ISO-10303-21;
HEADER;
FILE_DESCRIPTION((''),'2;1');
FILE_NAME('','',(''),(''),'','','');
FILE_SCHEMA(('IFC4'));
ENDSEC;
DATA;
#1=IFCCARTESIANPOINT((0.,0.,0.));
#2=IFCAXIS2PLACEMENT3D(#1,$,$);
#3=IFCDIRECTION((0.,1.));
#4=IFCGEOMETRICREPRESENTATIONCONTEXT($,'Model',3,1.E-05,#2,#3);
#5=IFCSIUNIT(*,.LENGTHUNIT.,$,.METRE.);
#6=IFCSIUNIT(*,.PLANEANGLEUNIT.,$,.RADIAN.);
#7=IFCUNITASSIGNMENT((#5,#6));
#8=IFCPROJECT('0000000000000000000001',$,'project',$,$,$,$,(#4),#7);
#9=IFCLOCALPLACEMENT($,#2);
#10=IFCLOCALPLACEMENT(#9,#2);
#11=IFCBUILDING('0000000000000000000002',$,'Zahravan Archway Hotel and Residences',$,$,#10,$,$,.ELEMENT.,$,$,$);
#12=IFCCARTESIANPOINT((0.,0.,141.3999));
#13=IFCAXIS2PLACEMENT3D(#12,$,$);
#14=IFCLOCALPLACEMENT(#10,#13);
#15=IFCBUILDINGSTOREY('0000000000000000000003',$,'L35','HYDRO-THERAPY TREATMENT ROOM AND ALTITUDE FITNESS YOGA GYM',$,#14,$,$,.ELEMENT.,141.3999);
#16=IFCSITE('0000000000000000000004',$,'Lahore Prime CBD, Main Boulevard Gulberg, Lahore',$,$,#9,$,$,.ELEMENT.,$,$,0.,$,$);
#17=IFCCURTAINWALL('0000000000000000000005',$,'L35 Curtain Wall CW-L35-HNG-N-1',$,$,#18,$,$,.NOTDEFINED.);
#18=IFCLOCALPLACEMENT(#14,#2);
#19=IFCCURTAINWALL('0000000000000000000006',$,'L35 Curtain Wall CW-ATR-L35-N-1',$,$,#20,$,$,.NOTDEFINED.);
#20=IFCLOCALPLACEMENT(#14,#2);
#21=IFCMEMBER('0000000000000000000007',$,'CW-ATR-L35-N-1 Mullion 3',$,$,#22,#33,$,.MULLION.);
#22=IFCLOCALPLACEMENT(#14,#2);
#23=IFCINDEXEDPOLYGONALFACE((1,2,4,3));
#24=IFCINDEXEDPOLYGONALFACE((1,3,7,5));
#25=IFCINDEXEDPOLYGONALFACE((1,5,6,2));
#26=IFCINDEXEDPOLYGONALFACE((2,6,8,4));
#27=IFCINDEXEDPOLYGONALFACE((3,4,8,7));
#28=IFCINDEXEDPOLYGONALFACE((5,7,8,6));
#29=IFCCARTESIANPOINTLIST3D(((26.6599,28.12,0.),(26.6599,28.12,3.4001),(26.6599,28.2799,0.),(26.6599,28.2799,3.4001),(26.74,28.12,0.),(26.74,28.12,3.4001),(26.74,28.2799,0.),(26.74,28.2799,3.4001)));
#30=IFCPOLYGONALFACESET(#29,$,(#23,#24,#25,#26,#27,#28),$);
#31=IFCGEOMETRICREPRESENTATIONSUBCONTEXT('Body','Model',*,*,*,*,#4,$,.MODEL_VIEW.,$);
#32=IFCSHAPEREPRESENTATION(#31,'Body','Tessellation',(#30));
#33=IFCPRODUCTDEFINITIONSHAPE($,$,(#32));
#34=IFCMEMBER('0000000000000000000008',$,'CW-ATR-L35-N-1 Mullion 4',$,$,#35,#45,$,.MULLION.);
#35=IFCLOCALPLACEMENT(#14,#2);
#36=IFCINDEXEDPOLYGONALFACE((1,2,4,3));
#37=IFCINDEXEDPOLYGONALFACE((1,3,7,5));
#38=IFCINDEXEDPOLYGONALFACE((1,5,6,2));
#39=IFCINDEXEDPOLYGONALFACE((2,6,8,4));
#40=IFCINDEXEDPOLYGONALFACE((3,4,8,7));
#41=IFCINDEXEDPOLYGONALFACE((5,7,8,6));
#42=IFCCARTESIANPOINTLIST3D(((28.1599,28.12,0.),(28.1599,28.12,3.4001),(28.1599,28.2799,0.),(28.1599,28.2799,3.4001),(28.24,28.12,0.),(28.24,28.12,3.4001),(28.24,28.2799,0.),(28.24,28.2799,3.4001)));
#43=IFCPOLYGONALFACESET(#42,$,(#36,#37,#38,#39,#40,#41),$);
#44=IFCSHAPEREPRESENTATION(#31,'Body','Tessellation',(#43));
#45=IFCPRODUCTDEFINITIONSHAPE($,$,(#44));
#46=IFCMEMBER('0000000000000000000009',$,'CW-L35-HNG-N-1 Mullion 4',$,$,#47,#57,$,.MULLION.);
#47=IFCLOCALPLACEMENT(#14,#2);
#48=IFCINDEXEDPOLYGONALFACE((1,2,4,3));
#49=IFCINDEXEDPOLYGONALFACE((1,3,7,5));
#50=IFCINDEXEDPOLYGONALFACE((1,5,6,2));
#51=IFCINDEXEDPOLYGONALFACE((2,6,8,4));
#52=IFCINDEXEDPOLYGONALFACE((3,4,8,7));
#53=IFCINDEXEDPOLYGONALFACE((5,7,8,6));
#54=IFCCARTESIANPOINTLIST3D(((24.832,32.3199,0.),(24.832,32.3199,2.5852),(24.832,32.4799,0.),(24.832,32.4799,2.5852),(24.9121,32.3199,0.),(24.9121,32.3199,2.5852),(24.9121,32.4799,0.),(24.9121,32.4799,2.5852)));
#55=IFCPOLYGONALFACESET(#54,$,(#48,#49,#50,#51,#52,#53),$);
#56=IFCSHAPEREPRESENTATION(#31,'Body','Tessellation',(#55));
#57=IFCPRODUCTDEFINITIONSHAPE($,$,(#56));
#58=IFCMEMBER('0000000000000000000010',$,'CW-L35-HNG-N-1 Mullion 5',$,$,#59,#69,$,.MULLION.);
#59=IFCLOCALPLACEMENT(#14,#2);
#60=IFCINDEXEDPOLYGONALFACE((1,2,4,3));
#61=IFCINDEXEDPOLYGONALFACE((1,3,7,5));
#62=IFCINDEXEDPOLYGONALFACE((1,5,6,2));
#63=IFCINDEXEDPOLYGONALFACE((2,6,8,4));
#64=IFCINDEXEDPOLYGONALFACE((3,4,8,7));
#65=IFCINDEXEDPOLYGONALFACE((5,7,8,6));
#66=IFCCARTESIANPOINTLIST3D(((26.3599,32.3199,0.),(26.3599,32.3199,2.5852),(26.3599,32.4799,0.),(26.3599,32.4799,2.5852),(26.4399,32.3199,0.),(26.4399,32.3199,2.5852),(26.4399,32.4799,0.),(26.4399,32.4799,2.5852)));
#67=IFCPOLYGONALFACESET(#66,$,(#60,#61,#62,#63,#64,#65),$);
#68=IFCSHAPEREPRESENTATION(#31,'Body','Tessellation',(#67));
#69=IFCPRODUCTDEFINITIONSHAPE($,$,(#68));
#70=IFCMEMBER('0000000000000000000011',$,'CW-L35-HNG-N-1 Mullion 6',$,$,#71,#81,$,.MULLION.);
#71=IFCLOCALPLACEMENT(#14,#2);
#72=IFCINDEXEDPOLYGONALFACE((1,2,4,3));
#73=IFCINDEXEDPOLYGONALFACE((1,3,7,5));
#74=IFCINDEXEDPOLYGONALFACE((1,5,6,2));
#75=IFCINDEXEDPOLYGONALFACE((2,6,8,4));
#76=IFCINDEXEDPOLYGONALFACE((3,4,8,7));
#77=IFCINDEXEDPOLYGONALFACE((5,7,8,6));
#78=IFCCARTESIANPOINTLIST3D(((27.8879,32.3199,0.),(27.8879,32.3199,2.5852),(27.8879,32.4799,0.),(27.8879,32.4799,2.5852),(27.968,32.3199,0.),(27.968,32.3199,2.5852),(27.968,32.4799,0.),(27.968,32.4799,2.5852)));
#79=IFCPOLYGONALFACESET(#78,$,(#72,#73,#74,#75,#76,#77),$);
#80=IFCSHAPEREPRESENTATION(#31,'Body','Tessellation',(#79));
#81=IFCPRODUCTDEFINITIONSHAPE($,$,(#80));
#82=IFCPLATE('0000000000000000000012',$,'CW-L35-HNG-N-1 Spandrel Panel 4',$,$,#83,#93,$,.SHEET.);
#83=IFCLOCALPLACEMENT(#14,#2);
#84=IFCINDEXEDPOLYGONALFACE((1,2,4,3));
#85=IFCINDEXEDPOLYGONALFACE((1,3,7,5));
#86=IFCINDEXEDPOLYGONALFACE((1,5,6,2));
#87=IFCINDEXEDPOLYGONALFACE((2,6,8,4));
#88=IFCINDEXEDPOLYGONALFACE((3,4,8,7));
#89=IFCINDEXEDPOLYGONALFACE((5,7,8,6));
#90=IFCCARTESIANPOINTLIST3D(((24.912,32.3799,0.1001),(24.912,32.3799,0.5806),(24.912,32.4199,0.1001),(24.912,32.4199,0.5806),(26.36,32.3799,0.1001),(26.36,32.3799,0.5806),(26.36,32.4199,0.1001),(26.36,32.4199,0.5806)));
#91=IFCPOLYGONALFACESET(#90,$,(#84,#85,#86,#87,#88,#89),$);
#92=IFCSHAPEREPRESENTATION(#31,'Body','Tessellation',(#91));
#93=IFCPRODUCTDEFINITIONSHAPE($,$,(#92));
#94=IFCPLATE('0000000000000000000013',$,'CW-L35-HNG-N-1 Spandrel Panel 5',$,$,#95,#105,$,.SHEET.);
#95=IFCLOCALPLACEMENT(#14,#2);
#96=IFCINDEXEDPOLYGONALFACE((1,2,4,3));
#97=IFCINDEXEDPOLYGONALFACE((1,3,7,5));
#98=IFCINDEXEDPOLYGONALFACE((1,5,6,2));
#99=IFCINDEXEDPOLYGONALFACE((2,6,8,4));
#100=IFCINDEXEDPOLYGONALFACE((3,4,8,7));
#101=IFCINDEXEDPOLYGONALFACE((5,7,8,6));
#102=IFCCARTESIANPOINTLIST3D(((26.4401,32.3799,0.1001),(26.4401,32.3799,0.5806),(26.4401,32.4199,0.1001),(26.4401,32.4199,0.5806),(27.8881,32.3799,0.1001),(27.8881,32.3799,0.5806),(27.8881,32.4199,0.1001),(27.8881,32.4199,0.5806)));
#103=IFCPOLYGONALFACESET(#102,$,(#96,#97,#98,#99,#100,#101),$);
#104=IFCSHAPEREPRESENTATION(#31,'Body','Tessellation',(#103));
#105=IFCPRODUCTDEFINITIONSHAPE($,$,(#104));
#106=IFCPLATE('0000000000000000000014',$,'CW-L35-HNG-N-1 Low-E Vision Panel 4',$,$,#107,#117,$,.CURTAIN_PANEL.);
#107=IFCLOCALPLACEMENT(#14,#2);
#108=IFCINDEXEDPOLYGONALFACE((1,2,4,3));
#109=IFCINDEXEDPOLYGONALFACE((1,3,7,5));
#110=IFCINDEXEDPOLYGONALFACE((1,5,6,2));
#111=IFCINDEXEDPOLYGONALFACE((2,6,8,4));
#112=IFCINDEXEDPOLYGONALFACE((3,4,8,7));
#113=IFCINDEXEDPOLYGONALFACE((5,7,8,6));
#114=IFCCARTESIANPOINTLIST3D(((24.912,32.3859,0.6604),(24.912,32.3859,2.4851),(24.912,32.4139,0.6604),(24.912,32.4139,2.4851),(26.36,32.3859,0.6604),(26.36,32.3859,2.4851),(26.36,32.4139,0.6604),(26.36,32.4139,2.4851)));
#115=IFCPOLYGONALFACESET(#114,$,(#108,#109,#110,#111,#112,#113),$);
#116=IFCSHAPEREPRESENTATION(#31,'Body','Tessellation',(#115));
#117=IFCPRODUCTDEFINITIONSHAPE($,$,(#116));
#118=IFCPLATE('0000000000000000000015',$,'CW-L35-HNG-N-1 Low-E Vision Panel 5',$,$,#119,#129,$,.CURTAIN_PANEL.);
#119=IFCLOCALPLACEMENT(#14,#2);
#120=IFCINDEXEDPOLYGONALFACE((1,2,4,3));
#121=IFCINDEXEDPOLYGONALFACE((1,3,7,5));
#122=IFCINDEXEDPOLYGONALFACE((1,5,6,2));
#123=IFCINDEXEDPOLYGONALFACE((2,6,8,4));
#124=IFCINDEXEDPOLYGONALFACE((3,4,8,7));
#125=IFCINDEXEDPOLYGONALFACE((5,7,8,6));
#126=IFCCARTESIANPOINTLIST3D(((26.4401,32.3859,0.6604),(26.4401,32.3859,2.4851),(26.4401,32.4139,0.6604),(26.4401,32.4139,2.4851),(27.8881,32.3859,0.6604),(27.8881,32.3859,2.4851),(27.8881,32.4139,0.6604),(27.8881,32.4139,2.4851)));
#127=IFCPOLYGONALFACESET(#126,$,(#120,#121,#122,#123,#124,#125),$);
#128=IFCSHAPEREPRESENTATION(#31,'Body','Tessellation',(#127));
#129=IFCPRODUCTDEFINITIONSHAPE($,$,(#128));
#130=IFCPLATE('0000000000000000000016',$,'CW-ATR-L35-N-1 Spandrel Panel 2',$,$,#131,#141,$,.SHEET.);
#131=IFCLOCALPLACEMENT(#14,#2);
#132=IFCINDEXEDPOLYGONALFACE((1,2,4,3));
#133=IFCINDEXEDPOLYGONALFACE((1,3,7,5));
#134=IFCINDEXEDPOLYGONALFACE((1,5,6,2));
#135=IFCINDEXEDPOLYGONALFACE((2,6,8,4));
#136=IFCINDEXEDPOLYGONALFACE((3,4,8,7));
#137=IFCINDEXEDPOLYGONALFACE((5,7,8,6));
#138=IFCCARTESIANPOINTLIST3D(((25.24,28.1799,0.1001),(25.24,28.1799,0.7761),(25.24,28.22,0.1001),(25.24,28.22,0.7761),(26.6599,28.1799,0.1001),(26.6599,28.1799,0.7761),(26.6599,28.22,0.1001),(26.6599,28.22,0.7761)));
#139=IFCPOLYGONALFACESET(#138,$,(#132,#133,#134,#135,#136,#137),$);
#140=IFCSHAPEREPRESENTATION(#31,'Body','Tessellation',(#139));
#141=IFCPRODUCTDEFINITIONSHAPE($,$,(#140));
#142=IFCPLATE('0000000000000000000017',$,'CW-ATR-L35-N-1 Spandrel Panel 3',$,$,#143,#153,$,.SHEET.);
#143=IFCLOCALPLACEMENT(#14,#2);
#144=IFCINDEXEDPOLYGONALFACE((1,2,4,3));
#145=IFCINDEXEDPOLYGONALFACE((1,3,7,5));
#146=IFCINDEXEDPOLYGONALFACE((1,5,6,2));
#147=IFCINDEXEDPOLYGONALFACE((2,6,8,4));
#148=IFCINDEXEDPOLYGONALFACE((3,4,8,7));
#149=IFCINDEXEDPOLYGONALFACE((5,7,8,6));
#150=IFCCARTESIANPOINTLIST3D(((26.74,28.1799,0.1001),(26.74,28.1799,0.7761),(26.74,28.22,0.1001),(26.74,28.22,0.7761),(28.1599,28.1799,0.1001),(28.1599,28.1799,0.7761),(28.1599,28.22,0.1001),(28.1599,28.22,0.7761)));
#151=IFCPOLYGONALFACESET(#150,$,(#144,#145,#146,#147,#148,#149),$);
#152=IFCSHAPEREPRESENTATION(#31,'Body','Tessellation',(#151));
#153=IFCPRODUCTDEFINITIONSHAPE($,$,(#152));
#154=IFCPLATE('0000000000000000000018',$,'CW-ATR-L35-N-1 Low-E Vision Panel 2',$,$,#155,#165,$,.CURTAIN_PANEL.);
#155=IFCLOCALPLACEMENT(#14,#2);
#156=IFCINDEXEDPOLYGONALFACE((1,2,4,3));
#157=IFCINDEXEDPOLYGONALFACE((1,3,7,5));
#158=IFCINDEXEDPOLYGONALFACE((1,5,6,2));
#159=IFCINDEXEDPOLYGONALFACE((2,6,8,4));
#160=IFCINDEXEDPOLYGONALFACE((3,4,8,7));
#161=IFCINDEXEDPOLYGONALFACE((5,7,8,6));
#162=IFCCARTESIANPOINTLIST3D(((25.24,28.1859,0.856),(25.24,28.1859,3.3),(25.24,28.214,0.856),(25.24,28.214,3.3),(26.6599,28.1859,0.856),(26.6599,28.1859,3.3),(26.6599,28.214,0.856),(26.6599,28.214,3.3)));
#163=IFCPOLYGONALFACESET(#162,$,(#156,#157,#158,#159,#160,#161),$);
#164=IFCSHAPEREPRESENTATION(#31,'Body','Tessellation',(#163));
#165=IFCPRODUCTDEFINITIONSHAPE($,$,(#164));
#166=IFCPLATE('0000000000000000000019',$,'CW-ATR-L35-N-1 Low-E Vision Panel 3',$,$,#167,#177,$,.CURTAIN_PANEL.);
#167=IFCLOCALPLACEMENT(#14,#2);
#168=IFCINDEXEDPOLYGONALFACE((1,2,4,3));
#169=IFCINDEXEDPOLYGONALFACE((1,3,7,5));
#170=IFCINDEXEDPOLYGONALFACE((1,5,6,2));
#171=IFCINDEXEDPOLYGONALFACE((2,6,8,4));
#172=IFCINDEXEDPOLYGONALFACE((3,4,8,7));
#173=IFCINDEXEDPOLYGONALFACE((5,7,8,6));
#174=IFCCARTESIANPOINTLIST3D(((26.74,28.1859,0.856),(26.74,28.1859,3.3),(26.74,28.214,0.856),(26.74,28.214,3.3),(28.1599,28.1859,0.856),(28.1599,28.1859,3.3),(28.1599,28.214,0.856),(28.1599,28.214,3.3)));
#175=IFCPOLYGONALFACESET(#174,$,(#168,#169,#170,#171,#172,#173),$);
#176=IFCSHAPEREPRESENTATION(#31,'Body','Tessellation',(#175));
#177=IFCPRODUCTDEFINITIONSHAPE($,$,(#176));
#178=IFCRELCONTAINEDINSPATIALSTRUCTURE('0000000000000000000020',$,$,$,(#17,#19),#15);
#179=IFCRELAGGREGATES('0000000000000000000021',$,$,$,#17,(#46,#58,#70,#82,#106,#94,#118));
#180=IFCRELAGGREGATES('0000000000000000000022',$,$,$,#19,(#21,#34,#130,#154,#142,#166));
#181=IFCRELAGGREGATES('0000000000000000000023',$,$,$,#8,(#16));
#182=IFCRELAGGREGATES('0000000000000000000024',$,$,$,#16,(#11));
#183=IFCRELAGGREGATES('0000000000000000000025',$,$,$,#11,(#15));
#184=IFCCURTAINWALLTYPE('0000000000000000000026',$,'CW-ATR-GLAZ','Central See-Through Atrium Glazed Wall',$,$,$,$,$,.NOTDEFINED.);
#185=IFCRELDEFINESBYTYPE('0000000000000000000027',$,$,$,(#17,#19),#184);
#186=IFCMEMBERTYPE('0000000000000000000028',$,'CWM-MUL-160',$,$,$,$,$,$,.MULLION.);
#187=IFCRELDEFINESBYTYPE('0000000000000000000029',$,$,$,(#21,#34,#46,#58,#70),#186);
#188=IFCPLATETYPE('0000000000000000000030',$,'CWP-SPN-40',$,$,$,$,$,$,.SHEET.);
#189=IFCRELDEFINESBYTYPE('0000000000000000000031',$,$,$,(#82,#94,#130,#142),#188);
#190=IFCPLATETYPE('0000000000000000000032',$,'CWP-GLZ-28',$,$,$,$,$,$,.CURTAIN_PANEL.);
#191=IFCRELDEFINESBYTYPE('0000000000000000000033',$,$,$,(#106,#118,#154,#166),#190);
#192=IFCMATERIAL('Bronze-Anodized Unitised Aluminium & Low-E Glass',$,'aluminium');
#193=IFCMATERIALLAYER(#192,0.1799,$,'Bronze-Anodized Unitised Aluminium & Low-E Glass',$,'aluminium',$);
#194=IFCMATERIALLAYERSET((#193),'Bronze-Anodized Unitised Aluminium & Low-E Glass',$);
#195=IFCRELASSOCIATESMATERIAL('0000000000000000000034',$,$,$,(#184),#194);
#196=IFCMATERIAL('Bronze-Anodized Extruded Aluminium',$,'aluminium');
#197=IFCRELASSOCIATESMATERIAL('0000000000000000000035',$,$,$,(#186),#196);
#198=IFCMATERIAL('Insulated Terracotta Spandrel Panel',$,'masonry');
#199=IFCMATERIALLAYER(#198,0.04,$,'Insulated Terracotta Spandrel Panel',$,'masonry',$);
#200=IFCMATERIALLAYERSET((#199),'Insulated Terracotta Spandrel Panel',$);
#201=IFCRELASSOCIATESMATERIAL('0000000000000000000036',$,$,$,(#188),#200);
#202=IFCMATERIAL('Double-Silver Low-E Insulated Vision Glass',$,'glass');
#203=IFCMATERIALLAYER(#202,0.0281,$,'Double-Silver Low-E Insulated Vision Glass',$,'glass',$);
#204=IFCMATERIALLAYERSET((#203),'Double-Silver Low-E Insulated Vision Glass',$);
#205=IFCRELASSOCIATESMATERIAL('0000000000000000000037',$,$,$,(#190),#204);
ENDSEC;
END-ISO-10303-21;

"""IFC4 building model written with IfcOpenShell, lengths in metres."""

from ifc_helpers import new_model, si_unit, direction, frame, origin, origin_2d, place, context, subcontext, project, spatial, rectangle, extrude, source, transform, mapped, material, layer, layer_set, material_profile, profile_set, type_object, element, aggregate, save


model = new_model("IFC4")

# Units and contexts
model_context = context("Model", 3, precision=1e-05, world=origin(), true_north=direction((0.0, 1.0)))
body_context = subcontext(model_context, "Body", "Model", "MODEL_VIEW")
ifc_project = project(units=[si_unit("LENGTHUNIT", "METRE"), si_unit("PLANEANGLEUNIT", "RADIAN")], contexts=[model_context])

# Site, building, storey
site_placement = place(None, origin())
site = spatial("IfcSite", under=ifc_project, at=site_placement, Name="Lahore Prime CBD, Main Boulevard Gulberg, Lahore", CompositionType="ELEMENT", RefElevation=0.0)
building_placement = place(site_placement, origin())
building = spatial("IfcBuilding", under=site, at=building_placement, Name="Zahravan Archway Hotel and Residences", CompositionType="ELEMENT")
storey_placement = place(building_placement, frame((0.0, 0.0, 141.3999)))
storey = spatial("IfcBuildingStorey", under=building, at=storey_placement, Name="L35", Description="HYDRO-THERAPY TREATMENT ROOM AND ALTITUDE FITNESS YOGA GYM", CompositionType="ELEMENT", Elevation=141.3999)

# Curtain walls, members
ifc_material_1 = material(Name="Bronze-Anodized Unitised Aluminium & Low-E Glass", Category="aluminium")
ifc_layer_1 = layer(ifc_material_1, 0.1799, Name="Bronze-Anodized Unitised Aluminium & Low-E Glass", Category="aluminium")
ifc_layer_set_1 = layer_set([ifc_layer_1], Name="Bronze-Anodized Unitised Aluminium & Low-E Glass")
curtain_wall_type = type_object("IfcCurtainWallType", Name="CW-ATR-GLAZ", Description="Central See-Through Atrium Glazed Wall", PredefinedType="NOTDEFINED", material=ifc_layer_set_1)
curtain_wall_1_placement = place(storey_placement, origin())
curtain_wall_1 = element("IfcCurtainWall", 1, at=curtain_wall_1_placement, inside=storey, type_object=curtain_wall_type, Name="L35 Curtain Wall CW-L35-HNG-N-1", PredefinedType="NOTDEFINED")
ifc_material_2 = material(Name="Bronze-Anodized Extruded Aluminium", Category="aluminium")
curtain_wall_2_placement = place(storey_placement, origin())
curtain_wall_2 = element("IfcCurtainWall", 2, at=curtain_wall_2_placement, inside=storey, type_object=curtain_wall_type, Name="L35 Curtain Wall CW-ATR-L35-N-1", PredefinedType="NOTDEFINED")
ifc_material_profile_1 = material_profile(ifc_material_2, rectangle(XDim=0.0801, YDim=0.1599, at=origin_2d()), Name="MUL 80x160", Category="aluminium")
ifc_profile_set_1 = profile_set([ifc_material_profile_1], Name="Bronze-Anodized Extruded Aluminium")
member_type_1 = type_object("IfcMemberType", Name="CWM-MUL-160", PredefinedType="MULLION", material=ifc_profile_set_1)
shared_shape_1 = source(origin(), body_context, "Body", "SweptSolid", [
    extrude(rectangle(XDim=0.0801, YDim=0.1599, at=origin_2d()), origin(), (0.0, 0.0, 1.0), 3.4001),
])
member_1_placement = place(storey_placement, frame((26.7, 28.2, 0.0), z_axis=(0.0, 0.0, 1.0), x_axis=(1.0, 0.0, 0.0)))
member_1 = element("IfcMember", 3, at=member_1_placement, type_object=member_type_1, Name="CW-ATR-L35-N-1 Mullion 3", PredefinedType="MULLION", context=body_context, shape_type="MappedRepresentation", body=[
    mapped(shared_shape_1, transform((0.0, 0.0, 0.0), scale=1.0)),
])
member_2_placement = place(storey_placement, frame((28.2, 28.2, 0.0), z_axis=(0.0, 0.0, 1.0), x_axis=(1.0, 0.0, 0.0)))
member_2 = element("IfcMember", 4, at=member_2_placement, type_object=member_type_1, Name="CW-ATR-L35-N-1 Mullion 4", PredefinedType="MULLION", context=body_context, shape_type="MappedRepresentation", body=[
    mapped(shared_shape_1, transform((0.0, 0.0, 0.0), scale=1.0)),
])

# Members
shared_shape_2 = source(origin(), body_context, "Body", "SweptSolid", [
    extrude(rectangle(XDim=0.0801, YDim=0.1599, at=origin_2d()), origin(), (0.0, 0.0, 1.0), 2.5852),
])
member_3_placement = place(storey_placement, frame((24.8721, 32.3999, 0.0), z_axis=(0.0, 0.0, 1.0), x_axis=(1.0, 0.0, 0.0)))
member_3 = element("IfcMember", 5, at=member_3_placement, type_object=member_type_1, Name="CW-L35-HNG-N-1 Mullion 4", PredefinedType="MULLION", context=body_context, shape_type="MappedRepresentation", body=[
    mapped(shared_shape_2, transform((0.0, 0.0, 0.0), scale=1.0)),
])
member_4_placement = place(storey_placement, frame((26.3999, 32.3999, 0.0), z_axis=(0.0, 0.0, 1.0), x_axis=(1.0, 0.0, 0.0)))
member_4 = element("IfcMember", 6, at=member_4_placement, type_object=member_type_1, Name="CW-L35-HNG-N-1 Mullion 5", PredefinedType="MULLION", context=body_context, shape_type="MappedRepresentation", body=[
    mapped(shared_shape_2, transform((0.0, 0.0, 0.0), scale=1.0)),
])
member_5_placement = place(storey_placement, frame((27.928, 32.3999, 0.0), z_axis=(0.0, 0.0, 1.0), x_axis=(1.0, 0.0, 0.0)))
member_5 = element("IfcMember", 7, at=member_5_placement, type_object=member_type_1, Name="CW-L35-HNG-N-1 Mullion 6", PredefinedType="MULLION", context=body_context, shape_type="MappedRepresentation", body=[
    mapped(shared_shape_2, transform((0.0, 0.0, 0.0), scale=1.0)),
])

# Plates
ifc_material_3 = material(Name="Insulated Terracotta Spandrel Panel", Category="masonry")
ifc_layer_2 = layer(ifc_material_3, 0.04, Name="Insulated Terracotta Spandrel Panel", Category="masonry")
ifc_layer_set_2 = layer_set([ifc_layer_2], Name="Insulated Terracotta Spandrel Panel")
plate_type_1 = type_object("IfcPlateType", Name="CWP-SPN-40", PredefinedType="SHEET", material=ifc_layer_set_2)
shared_shape_3 = source(origin(), body_context, "Body", "SweptSolid", [
    extrude(rectangle(XDim=1.448, YDim=0.04, at=origin_2d()), origin(), (0.0, 0.0, 1.0), 0.4805),
])
plate_1_placement = place(storey_placement, frame((25.636, 32.3999, 0.1001), z_axis=(0.0, 0.0, 1.0), x_axis=(1.0, 0.0, 0.0)))
plate_1 = element("IfcPlate", 8, at=plate_1_placement, type_object=plate_type_1, Name="CW-L35-HNG-N-1 Spandrel Panel 4", PredefinedType="SHEET", context=body_context, shape_type="MappedRepresentation", body=[
    mapped(shared_shape_3, transform((0.0, 0.0, 0.0), scale=1.0)),
])
plate_2_placement = place(storey_placement, frame((27.1641, 32.3999, 0.1001), z_axis=(0.0, 0.0, 1.0), x_axis=(1.0, 0.0, 0.0)))
plate_2 = element("IfcPlate", 9, at=plate_2_placement, type_object=plate_type_1, Name="CW-L35-HNG-N-1 Spandrel Panel 5", PredefinedType="SHEET", context=body_context, shape_type="MappedRepresentation", body=[
    mapped(shared_shape_3, transform((0.0, 0.0, 0.0), scale=1.0)),
])
ifc_material_4 = material(Name="Double-Silver Low-E Insulated Vision Glass", Category="glass")
ifc_layer_3 = layer(ifc_material_4, 0.0281, Name="Double-Silver Low-E Insulated Vision Glass", Category="glass")
ifc_layer_set_3 = layer_set([ifc_layer_3], Name="Double-Silver Low-E Insulated Vision Glass")
plate_type_2 = type_object("IfcPlateType", Name="CWP-GLZ-28", PredefinedType="CURTAIN_PANEL", material=ifc_layer_set_3)
shared_shape_4 = source(origin(), body_context, "Body", "SweptSolid", [
    extrude(rectangle(XDim=1.448, YDim=0.0281, at=origin_2d()), origin(), (0.0, 0.0, 1.0), 1.8247),
])
plate_3_placement = place(storey_placement, frame((25.636, 32.3999, 0.6604), z_axis=(0.0, 0.0, 1.0), x_axis=(1.0, 0.0, 0.0)))
plate_3 = element("IfcPlate", 10, at=plate_3_placement, type_object=plate_type_2, Name="CW-L35-HNG-N-1 Low-E Vision Panel 4", PredefinedType="CURTAIN_PANEL", context=body_context, shape_type="MappedRepresentation", body=[
    mapped(shared_shape_4, transform((0.0, 0.0, 0.0), scale=1.0)),
])
plate_4_placement = place(storey_placement, frame((27.1641, 32.3999, 0.6604), z_axis=(0.0, 0.0, 1.0), x_axis=(1.0, 0.0, 0.0)))
plate_4 = element("IfcPlate", 11, at=plate_4_placement, type_object=plate_type_2, Name="CW-L35-HNG-N-1 Low-E Vision Panel 5", PredefinedType="CURTAIN_PANEL", context=body_context, shape_type="MappedRepresentation", body=[
    mapped(shared_shape_4, transform((0.0, 0.0, 0.0), scale=1.0)),
])
aggregate(curtain_wall_1, [member_3, member_4, member_5, plate_1, plate_3, plate_2, plate_4])
shared_shape_5 = source(origin(), body_context, "Body", "SweptSolid", [
    extrude(rectangle(XDim=1.4199, YDim=0.04, at=origin_2d()), origin(), (0.0, 0.0, 1.0), 0.676),
])
plate_5_placement = place(storey_placement, frame((25.95, 28.2, 0.1001), z_axis=(0.0, 0.0, 1.0), x_axis=(1.0, 0.0, 0.0)))
plate_5 = element("IfcPlate", 12, at=plate_5_placement, type_object=plate_type_1, Name="CW-ATR-L35-N-1 Spandrel Panel 2", PredefinedType="SHEET", context=body_context, shape_type="MappedRepresentation", body=[
    mapped(shared_shape_5, transform((0.0, 0.0, 0.0), scale=1.0)),
])
plate_6_placement = place(storey_placement, frame((27.45, 28.2, 0.1001), z_axis=(0.0, 0.0, 1.0), x_axis=(1.0, 0.0, 0.0)))
plate_6 = element("IfcPlate", 13, at=plate_6_placement, type_object=plate_type_1, Name="CW-ATR-L35-N-1 Spandrel Panel 3", PredefinedType="SHEET", context=body_context, shape_type="MappedRepresentation", body=[
    mapped(shared_shape_5, transform((0.0, 0.0, 0.0), scale=1.0)),
])
shared_shape_6 = source(origin(), body_context, "Body", "SweptSolid", [
    extrude(rectangle(XDim=1.4199, YDim=0.0281, at=origin_2d()), origin(), (0.0, 0.0, 1.0), 2.4441),
])
plate_7_placement = place(storey_placement, frame((25.95, 28.2, 0.856), z_axis=(0.0, 0.0, 1.0), x_axis=(1.0, 0.0, 0.0)))
plate_7 = element("IfcPlate", 14, at=plate_7_placement, type_object=plate_type_2, Name="CW-ATR-L35-N-1 Low-E Vision Panel 2", PredefinedType="CURTAIN_PANEL", context=body_context, shape_type="MappedRepresentation", body=[
    mapped(shared_shape_6, transform((0.0, 0.0, 0.0), scale=1.0)),
])
plate_8_placement = place(storey_placement, frame((27.45, 28.2, 0.856), z_axis=(0.0, 0.0, 1.0), x_axis=(1.0, 0.0, 0.0)))
plate_8 = element("IfcPlate", 15, at=plate_8_placement, type_object=plate_type_2, Name="CW-ATR-L35-N-1 Low-E Vision Panel 3", PredefinedType="CURTAIN_PANEL", context=body_context, shape_type="MappedRepresentation", body=[
    mapped(shared_shape_6, transform((0.0, 0.0, 0.0), scale=1.0)),
])
aggregate(curtain_wall_2, [member_1, member_2, plate_5, plate_7, plate_6, plate_8])

save(model, "model.ifc")
